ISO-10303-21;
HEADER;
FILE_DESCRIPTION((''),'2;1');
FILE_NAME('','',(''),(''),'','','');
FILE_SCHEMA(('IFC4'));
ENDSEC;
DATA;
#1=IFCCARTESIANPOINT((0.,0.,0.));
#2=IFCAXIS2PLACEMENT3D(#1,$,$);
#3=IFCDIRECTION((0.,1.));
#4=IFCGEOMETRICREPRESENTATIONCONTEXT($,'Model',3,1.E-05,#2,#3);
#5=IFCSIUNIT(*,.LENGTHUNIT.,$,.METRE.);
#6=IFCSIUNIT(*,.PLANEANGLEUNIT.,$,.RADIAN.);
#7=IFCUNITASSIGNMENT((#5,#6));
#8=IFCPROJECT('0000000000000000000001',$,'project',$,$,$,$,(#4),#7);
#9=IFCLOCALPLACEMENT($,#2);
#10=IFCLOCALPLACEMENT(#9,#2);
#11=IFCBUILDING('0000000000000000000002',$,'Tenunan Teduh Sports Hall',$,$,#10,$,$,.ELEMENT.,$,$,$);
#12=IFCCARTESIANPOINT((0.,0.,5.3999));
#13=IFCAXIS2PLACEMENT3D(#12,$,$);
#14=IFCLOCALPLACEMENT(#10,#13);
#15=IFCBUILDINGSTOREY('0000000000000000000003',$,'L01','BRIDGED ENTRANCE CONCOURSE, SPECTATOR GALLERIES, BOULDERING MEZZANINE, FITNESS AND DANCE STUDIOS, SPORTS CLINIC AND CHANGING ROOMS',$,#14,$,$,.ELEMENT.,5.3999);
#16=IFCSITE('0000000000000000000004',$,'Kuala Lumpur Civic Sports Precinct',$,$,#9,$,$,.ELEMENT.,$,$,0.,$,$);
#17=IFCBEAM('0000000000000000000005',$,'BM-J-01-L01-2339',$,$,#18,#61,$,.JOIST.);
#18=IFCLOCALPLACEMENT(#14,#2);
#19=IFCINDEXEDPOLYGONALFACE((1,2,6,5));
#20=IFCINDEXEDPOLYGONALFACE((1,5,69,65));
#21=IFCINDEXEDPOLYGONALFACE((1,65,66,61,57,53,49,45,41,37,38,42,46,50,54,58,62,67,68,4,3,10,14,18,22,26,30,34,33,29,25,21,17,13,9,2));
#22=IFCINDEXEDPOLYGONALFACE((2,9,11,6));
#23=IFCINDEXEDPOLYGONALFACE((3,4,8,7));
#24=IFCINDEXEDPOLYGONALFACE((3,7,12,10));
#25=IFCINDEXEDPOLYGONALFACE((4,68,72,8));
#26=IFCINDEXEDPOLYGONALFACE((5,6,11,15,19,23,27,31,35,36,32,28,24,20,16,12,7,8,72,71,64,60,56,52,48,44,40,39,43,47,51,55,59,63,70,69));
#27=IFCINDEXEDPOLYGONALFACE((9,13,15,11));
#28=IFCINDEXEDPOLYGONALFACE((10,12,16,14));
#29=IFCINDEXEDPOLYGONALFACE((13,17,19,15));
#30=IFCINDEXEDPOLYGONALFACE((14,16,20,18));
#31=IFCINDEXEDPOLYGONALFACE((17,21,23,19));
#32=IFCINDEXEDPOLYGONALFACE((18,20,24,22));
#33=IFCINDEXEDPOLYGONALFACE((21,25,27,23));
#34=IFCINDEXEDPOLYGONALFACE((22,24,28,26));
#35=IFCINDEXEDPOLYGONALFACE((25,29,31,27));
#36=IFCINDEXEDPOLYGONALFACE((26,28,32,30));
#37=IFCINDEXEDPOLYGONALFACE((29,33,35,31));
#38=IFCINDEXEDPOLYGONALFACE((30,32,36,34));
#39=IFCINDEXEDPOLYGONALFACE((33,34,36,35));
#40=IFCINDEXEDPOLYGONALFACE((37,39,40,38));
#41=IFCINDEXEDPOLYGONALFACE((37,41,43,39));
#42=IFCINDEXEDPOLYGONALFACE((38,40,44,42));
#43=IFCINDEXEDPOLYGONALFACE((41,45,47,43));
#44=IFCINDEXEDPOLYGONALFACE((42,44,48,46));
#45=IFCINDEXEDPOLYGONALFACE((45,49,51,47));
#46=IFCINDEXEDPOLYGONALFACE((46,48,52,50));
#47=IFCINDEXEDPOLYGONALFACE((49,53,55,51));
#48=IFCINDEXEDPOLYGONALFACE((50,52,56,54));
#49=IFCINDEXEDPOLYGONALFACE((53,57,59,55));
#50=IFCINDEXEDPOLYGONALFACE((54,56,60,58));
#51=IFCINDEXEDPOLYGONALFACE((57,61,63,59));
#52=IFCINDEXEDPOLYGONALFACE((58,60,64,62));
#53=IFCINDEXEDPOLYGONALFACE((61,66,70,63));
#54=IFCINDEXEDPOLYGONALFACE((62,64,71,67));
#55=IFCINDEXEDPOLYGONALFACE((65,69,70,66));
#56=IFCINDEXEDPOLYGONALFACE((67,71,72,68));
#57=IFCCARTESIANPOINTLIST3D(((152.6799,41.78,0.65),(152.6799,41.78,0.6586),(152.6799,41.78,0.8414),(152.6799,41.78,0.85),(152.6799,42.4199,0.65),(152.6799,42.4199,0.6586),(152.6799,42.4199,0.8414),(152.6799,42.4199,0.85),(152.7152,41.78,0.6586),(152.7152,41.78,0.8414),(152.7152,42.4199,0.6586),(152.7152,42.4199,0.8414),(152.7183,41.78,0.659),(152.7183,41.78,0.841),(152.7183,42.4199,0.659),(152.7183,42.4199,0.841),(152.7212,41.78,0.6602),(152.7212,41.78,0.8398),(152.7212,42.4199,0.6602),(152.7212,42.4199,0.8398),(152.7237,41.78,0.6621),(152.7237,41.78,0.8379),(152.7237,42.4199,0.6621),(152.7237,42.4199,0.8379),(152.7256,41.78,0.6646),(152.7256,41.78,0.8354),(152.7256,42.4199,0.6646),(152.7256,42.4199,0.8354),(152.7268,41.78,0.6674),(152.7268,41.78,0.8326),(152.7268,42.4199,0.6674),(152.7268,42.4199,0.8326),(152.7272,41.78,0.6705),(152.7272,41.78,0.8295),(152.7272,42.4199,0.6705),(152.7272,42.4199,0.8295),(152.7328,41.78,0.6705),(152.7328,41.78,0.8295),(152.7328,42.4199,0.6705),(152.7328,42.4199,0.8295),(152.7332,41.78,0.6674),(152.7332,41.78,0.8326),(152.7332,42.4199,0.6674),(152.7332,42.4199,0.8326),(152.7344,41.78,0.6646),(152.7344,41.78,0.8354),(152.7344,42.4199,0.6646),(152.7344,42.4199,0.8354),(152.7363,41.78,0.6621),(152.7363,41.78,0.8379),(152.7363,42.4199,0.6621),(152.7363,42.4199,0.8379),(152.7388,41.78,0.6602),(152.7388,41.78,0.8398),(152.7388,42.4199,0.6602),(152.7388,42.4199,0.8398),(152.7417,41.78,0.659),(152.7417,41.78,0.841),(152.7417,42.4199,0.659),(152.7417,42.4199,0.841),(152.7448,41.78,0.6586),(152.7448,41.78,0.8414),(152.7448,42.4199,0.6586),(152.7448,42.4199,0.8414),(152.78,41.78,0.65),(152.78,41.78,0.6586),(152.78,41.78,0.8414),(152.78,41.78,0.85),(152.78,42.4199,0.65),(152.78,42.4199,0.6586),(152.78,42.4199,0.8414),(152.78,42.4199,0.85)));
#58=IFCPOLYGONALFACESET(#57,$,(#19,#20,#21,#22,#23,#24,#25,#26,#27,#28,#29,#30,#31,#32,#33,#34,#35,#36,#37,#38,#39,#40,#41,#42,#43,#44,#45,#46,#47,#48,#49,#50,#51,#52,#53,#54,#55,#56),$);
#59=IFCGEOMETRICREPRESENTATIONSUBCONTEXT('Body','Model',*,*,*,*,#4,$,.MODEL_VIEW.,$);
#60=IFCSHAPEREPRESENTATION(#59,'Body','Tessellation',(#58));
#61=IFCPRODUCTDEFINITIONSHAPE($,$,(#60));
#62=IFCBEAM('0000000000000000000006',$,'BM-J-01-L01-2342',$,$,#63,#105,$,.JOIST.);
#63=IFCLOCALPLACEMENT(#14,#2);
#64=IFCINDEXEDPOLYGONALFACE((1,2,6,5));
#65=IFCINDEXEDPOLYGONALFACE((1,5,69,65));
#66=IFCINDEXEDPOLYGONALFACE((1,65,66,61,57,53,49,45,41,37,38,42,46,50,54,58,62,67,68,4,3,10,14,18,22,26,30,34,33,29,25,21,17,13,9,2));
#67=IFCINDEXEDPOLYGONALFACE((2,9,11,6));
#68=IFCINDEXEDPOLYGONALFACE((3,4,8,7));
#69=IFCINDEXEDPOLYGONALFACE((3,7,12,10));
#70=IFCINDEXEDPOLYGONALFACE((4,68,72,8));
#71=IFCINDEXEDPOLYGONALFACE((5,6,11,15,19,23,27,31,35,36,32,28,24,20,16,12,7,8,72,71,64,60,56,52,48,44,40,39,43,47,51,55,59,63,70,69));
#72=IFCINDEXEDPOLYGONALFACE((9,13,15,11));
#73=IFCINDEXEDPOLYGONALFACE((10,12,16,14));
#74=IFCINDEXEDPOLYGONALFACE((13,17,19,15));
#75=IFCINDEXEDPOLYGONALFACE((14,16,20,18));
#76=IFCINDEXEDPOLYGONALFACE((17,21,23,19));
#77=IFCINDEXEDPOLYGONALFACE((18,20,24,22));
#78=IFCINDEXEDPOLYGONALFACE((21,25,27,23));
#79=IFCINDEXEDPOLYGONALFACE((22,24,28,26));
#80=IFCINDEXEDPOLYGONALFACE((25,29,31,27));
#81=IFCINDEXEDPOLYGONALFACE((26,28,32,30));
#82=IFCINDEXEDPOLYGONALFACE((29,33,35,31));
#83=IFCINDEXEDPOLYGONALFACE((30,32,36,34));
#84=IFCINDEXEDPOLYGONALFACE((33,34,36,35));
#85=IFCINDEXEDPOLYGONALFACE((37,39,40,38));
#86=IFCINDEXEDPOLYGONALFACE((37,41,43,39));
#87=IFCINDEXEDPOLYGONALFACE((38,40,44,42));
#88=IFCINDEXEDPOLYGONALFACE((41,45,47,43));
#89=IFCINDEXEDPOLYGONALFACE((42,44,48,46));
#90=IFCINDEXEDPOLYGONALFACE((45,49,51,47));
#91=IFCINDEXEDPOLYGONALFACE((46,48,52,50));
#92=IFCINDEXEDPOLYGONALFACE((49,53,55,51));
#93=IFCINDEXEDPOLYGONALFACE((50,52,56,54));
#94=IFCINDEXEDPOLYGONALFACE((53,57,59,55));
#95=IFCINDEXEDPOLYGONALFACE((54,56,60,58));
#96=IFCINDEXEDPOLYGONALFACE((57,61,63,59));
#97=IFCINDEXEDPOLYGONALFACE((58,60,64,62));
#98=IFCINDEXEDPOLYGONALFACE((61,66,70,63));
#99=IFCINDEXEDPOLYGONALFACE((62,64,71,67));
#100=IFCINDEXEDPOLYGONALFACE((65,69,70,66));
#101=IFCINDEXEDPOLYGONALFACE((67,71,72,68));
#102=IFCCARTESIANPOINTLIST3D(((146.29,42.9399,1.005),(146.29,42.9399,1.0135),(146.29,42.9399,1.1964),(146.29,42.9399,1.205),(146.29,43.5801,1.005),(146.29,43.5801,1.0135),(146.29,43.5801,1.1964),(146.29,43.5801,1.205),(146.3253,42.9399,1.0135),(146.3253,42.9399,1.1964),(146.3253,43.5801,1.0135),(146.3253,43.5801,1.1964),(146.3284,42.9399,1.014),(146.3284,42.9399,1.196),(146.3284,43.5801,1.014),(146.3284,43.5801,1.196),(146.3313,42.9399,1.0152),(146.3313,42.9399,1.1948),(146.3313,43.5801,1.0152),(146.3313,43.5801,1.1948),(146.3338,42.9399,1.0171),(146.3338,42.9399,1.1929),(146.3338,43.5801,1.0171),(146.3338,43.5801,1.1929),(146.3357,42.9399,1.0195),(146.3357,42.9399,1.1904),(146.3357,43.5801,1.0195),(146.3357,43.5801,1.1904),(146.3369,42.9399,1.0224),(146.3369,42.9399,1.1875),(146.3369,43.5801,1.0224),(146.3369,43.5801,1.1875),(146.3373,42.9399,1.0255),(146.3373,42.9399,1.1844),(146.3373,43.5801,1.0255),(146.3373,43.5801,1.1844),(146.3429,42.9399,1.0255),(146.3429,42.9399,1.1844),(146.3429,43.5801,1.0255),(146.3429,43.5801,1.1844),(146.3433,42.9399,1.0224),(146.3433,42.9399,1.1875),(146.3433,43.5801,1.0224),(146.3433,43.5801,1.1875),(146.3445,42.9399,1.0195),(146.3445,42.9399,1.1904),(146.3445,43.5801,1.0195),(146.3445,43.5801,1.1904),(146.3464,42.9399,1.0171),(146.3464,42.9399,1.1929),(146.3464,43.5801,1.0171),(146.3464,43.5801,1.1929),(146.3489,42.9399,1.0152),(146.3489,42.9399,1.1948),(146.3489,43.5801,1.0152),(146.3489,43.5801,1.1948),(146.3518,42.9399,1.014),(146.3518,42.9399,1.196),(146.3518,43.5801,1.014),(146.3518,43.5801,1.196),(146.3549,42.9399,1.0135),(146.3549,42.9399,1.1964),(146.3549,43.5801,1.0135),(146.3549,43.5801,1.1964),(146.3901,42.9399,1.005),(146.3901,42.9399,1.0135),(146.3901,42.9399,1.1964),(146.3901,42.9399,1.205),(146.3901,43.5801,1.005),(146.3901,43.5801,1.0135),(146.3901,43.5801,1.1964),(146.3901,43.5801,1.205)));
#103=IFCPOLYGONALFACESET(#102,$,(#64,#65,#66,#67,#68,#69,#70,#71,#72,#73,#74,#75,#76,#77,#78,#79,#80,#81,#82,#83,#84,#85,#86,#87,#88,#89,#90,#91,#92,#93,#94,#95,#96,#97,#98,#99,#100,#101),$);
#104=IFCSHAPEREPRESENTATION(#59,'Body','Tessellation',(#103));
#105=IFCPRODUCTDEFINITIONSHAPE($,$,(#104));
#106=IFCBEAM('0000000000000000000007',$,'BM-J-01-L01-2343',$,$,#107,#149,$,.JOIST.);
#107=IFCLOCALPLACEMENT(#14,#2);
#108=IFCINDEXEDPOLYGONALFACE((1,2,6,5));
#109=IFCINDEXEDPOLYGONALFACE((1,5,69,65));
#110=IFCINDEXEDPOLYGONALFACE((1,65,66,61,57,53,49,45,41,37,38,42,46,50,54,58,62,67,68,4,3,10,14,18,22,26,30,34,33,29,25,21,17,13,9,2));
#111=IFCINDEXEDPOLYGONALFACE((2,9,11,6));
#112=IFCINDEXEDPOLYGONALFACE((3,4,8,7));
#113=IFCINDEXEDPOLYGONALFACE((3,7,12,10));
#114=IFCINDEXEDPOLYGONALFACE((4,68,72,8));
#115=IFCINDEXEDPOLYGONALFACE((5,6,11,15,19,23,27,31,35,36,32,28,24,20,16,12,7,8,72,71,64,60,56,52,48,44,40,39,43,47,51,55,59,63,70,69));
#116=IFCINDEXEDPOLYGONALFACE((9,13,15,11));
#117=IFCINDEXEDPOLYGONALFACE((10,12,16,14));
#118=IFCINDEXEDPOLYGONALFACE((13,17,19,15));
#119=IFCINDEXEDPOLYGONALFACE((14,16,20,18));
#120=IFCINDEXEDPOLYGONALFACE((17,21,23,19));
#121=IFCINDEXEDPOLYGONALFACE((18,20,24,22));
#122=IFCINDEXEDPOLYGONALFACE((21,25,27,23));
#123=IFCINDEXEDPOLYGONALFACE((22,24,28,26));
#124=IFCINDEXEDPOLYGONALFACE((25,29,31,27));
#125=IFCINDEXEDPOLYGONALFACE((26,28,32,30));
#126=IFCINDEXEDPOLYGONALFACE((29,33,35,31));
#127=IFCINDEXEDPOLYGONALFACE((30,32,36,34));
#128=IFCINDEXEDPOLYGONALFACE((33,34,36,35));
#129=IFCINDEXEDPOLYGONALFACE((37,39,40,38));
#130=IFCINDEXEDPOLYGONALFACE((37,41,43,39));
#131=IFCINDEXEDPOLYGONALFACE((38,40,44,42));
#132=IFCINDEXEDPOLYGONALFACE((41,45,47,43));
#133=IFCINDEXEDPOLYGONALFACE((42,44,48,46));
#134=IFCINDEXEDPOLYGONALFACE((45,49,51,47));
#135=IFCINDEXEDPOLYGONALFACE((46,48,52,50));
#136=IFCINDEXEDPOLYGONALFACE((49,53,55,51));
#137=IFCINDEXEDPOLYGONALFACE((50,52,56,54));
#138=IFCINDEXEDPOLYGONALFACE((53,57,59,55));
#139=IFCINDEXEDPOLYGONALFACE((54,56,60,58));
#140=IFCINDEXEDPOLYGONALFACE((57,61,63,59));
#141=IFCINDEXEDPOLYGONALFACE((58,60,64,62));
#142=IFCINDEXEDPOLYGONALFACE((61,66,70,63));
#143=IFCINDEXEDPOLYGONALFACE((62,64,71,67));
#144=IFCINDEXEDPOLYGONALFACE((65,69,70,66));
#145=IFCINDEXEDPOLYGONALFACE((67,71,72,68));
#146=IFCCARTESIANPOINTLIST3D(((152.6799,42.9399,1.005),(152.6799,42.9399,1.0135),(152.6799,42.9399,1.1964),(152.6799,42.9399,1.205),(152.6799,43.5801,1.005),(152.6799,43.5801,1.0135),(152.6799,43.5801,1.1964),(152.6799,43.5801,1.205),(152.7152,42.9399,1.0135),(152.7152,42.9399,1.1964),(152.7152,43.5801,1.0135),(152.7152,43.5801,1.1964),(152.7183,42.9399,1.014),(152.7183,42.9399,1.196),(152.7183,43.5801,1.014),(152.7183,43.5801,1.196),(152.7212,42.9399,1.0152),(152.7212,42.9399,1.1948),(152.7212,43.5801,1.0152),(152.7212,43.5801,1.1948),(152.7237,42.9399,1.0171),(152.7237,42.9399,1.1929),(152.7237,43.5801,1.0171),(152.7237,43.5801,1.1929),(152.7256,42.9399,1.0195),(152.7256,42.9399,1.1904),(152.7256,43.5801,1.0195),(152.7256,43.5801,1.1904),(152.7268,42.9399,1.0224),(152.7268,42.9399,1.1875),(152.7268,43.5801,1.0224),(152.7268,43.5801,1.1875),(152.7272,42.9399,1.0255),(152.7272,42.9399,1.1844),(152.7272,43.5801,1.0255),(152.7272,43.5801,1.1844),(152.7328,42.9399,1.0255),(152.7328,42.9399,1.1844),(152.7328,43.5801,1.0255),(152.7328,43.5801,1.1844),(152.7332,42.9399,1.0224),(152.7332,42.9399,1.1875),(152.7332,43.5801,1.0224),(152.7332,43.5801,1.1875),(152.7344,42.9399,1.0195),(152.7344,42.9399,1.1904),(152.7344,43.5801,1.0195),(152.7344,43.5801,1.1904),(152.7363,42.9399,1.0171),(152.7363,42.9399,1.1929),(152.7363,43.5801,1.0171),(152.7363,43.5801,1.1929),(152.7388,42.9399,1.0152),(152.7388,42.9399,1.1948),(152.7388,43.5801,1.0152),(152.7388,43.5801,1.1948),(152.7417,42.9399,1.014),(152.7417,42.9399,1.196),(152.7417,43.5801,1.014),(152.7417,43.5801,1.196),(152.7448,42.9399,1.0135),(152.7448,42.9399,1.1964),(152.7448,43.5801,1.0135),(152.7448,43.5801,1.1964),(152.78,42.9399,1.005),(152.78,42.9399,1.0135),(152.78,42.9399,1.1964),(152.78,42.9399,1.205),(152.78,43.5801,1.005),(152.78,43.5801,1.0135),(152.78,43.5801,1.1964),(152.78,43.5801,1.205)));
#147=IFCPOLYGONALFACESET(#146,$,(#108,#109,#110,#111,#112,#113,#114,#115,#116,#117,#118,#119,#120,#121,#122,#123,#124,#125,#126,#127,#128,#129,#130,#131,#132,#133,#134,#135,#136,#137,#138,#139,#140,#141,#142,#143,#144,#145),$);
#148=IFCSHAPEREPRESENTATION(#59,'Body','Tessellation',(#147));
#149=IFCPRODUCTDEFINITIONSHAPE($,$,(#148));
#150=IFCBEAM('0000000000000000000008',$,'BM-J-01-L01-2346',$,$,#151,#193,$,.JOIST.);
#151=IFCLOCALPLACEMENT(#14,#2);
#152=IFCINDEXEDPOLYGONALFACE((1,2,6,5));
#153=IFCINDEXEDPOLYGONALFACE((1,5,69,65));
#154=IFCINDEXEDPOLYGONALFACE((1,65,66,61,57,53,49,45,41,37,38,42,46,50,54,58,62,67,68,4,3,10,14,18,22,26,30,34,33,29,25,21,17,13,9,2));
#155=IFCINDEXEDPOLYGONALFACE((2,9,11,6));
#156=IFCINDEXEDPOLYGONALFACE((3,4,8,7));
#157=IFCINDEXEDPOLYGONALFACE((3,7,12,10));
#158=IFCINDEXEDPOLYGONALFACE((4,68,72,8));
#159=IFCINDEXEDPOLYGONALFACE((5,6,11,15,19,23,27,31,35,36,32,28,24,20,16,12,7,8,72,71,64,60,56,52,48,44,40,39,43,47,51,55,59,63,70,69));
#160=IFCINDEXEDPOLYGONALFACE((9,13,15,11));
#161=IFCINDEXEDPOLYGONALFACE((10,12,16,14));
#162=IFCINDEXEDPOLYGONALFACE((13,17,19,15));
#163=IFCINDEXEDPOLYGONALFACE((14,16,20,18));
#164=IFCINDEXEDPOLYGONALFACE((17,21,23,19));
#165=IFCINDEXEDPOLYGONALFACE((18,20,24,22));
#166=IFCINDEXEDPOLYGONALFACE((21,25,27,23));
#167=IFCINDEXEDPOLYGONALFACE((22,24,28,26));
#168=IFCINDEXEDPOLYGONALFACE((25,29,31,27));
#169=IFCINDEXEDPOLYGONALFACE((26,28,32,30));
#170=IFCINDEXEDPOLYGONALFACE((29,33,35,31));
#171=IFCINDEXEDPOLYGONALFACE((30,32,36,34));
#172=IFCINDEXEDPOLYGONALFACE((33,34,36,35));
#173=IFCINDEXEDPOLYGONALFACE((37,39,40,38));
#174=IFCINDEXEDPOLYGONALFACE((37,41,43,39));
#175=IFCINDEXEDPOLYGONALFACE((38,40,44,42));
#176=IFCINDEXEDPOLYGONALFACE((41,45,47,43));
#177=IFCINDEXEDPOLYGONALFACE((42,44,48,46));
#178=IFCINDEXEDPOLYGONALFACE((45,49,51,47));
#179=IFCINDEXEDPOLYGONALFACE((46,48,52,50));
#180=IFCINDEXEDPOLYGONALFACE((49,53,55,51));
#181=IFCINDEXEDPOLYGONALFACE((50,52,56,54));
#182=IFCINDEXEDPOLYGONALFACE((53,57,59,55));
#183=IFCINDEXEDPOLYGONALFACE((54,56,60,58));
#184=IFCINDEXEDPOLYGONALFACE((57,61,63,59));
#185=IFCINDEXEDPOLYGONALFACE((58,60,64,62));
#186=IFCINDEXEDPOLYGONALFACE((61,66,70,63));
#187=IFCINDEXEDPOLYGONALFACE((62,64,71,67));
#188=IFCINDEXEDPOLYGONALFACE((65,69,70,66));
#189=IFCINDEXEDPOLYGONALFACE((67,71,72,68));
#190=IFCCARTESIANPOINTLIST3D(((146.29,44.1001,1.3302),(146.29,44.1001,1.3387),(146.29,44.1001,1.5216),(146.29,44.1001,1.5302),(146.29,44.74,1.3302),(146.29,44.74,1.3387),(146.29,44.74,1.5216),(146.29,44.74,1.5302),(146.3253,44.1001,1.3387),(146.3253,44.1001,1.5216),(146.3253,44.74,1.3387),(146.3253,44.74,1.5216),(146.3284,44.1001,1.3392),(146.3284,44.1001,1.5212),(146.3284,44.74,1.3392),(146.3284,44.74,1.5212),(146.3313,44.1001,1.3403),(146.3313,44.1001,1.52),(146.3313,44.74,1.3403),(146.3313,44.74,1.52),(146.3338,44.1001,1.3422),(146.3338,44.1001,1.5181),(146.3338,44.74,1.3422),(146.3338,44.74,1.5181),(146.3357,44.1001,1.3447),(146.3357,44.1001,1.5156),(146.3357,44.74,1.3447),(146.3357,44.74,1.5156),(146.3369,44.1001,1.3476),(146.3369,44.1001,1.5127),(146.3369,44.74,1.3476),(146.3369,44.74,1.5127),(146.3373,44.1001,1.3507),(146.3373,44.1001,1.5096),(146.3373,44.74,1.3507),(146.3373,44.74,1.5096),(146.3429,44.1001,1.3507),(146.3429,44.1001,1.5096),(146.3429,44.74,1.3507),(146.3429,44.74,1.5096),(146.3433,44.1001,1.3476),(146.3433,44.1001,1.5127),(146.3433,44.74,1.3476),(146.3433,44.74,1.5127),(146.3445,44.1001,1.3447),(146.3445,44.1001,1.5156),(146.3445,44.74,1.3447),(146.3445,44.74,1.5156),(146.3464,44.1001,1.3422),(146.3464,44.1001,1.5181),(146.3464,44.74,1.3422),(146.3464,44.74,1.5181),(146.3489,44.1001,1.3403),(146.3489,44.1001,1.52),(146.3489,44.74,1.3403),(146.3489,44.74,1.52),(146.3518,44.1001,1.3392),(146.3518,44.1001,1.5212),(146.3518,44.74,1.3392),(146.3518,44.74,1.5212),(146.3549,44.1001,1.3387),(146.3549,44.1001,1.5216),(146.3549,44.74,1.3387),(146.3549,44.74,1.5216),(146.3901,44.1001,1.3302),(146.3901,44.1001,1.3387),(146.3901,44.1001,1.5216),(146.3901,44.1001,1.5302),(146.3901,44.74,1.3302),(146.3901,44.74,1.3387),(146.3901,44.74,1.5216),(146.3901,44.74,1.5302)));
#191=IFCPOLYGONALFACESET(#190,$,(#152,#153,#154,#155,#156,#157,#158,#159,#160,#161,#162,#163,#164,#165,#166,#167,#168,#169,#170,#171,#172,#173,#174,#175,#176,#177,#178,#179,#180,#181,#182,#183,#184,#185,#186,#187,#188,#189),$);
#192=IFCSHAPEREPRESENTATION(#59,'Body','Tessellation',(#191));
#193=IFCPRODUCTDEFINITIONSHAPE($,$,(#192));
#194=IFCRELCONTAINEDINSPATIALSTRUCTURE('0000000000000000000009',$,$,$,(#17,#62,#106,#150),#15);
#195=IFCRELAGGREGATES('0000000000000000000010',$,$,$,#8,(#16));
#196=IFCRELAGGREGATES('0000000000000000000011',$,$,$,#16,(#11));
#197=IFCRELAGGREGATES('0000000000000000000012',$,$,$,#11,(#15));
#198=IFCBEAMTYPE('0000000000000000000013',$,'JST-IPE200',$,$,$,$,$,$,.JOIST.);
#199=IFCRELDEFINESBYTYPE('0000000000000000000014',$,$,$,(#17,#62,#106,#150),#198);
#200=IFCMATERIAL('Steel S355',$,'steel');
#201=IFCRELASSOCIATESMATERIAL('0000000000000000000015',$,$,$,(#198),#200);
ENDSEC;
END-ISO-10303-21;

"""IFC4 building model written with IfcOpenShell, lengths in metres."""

from ifc_helpers import new_model, si_unit, direction, frame, origin, origin_2d, place, context, subcontext, project, spatial, i_section, extrude, material, material_profile, profile_set, type_object, element, save


model = new_model("IFC4")

# Units and contexts
model_context = context("Model", 3, precision=1e-05, world=origin(), true_north=direction((0.0, 1.0)))
body_context = subcontext(model_context, "Body", "Model", "MODEL_VIEW")
ifc_project = project(units=[si_unit("LENGTHUNIT", "METRE"), si_unit("PLANEANGLEUNIT", "RADIAN")], contexts=[model_context])

# Site, building, storey
site_placement = place(None, origin())
site = spatial("IfcSite", under=ifc_project, at=site_placement, Name="Kuala Lumpur Civic Sports Precinct", CompositionType="ELEMENT", RefElevation=0.0)
building_placement = place(site_placement, origin())
building = spatial("IfcBuilding", under=site, at=building_placement, Name="Tenunan Teduh Sports Hall", CompositionType="ELEMENT")
storey_placement = place(building_placement, frame((0.0, 0.0, 5.3999)))
storey = spatial("IfcBuildingStorey", under=building, at=storey_placement, Name="L01", Description="BRIDGED ENTRANCE CONCOURSE, SPECTATOR GALLERIES, BOULDERING MEZZANINE, FITNESS AND DANCE STUDIOS, SPORTS CLINIC AND CHANGING ROOMS", CompositionType="ELEMENT", Elevation=5.3999)

# Beams
ifc_material_1 = material(Name="Steel S355", Category="steel")
ifc_material_profile_1 = material_profile(ifc_material_1, i_section(OverallWidth=0.1001, OverallDepth=0.2, WebThickness=0.0056, FlangeThickness=0.0085, FilletRadius=0.012, at=origin_2d()), Name="IPE 200")
ifc_profile_set_1 = profile_set([ifc_material_profile_1], Name="Steel S355")
beam_type_1 = type_object("IfcBeamType", Name="JST-IPE200", PredefinedType="JOIST", material=ifc_profile_set_1)
for number, where, z_axis, x_axis, name in (
    (1, (152.73, 41.78, 0.75), (0.0, 1.0, 0.0), (-1.0, 0.0, 0.0), "BM-J-01-L01-2339"),
):
    element("IfcBeam", number, at=place(storey_placement, frame(where, z_axis=z_axis, x_axis=x_axis)), inside=storey, type_object=beam_type_1, Name=name, PredefinedType="JOIST", context=body_context, shape_type="SweptSolid", body=[
        extrude(i_section(OverallWidth=0.1001, OverallDepth=0.2, WebThickness=0.0056, FlangeThickness=0.0085, FilletRadius=0.012, at=origin_2d()), origin(), (0.0, 0.0, 1.0), 0.6399),
    ])
for number, where, z_axis, x_axis, name in (
    (2, (146.3401, 42.9399, 1.105), (0.0, 1.0, 0.0), (-1.0, 0.0, 0.0), "BM-J-01-L01-2342"),
    (3, (152.73, 42.9399, 1.105), (0.0, 1.0, 0.0), (-1.0, 0.0, 0.0), "BM-J-01-L01-2343"),
):
    element("IfcBeam", number, at=place(storey_placement, frame(where, z_axis=z_axis, x_axis=x_axis)), inside=storey, type_object=beam_type_1, Name=name, PredefinedType="JOIST", context=body_context, shape_type="SweptSolid", body=[
        extrude(i_section(OverallWidth=0.1001, OverallDepth=0.2, WebThickness=0.0056, FlangeThickness=0.0085, FilletRadius=0.012, at=origin_2d()), origin(), (0.0, 0.0, 1.0), 0.6401),
    ])
for number, where, z_axis, x_axis, name in (
    (4, (146.3401, 44.1001, 1.4302), (0.0, 1.0, 0.0), (-1.0, 0.0, 0.0), "BM-J-01-L01-2346"),
):
    element("IfcBeam", number, at=place(storey_placement, frame(where, z_axis=z_axis, x_axis=x_axis)), inside=storey, type_object=beam_type_1, Name=name, PredefinedType="JOIST", context=body_context, shape_type="SweptSolid", body=[
        extrude(i_section(OverallWidth=0.1001, OverallDepth=0.2, WebThickness=0.0056, FlangeThickness=0.0085, FilletRadius=0.012, at=origin_2d()), origin(), (0.0, 0.0, 1.0), 0.6399),
    ])

save(model, "model.ifc")
